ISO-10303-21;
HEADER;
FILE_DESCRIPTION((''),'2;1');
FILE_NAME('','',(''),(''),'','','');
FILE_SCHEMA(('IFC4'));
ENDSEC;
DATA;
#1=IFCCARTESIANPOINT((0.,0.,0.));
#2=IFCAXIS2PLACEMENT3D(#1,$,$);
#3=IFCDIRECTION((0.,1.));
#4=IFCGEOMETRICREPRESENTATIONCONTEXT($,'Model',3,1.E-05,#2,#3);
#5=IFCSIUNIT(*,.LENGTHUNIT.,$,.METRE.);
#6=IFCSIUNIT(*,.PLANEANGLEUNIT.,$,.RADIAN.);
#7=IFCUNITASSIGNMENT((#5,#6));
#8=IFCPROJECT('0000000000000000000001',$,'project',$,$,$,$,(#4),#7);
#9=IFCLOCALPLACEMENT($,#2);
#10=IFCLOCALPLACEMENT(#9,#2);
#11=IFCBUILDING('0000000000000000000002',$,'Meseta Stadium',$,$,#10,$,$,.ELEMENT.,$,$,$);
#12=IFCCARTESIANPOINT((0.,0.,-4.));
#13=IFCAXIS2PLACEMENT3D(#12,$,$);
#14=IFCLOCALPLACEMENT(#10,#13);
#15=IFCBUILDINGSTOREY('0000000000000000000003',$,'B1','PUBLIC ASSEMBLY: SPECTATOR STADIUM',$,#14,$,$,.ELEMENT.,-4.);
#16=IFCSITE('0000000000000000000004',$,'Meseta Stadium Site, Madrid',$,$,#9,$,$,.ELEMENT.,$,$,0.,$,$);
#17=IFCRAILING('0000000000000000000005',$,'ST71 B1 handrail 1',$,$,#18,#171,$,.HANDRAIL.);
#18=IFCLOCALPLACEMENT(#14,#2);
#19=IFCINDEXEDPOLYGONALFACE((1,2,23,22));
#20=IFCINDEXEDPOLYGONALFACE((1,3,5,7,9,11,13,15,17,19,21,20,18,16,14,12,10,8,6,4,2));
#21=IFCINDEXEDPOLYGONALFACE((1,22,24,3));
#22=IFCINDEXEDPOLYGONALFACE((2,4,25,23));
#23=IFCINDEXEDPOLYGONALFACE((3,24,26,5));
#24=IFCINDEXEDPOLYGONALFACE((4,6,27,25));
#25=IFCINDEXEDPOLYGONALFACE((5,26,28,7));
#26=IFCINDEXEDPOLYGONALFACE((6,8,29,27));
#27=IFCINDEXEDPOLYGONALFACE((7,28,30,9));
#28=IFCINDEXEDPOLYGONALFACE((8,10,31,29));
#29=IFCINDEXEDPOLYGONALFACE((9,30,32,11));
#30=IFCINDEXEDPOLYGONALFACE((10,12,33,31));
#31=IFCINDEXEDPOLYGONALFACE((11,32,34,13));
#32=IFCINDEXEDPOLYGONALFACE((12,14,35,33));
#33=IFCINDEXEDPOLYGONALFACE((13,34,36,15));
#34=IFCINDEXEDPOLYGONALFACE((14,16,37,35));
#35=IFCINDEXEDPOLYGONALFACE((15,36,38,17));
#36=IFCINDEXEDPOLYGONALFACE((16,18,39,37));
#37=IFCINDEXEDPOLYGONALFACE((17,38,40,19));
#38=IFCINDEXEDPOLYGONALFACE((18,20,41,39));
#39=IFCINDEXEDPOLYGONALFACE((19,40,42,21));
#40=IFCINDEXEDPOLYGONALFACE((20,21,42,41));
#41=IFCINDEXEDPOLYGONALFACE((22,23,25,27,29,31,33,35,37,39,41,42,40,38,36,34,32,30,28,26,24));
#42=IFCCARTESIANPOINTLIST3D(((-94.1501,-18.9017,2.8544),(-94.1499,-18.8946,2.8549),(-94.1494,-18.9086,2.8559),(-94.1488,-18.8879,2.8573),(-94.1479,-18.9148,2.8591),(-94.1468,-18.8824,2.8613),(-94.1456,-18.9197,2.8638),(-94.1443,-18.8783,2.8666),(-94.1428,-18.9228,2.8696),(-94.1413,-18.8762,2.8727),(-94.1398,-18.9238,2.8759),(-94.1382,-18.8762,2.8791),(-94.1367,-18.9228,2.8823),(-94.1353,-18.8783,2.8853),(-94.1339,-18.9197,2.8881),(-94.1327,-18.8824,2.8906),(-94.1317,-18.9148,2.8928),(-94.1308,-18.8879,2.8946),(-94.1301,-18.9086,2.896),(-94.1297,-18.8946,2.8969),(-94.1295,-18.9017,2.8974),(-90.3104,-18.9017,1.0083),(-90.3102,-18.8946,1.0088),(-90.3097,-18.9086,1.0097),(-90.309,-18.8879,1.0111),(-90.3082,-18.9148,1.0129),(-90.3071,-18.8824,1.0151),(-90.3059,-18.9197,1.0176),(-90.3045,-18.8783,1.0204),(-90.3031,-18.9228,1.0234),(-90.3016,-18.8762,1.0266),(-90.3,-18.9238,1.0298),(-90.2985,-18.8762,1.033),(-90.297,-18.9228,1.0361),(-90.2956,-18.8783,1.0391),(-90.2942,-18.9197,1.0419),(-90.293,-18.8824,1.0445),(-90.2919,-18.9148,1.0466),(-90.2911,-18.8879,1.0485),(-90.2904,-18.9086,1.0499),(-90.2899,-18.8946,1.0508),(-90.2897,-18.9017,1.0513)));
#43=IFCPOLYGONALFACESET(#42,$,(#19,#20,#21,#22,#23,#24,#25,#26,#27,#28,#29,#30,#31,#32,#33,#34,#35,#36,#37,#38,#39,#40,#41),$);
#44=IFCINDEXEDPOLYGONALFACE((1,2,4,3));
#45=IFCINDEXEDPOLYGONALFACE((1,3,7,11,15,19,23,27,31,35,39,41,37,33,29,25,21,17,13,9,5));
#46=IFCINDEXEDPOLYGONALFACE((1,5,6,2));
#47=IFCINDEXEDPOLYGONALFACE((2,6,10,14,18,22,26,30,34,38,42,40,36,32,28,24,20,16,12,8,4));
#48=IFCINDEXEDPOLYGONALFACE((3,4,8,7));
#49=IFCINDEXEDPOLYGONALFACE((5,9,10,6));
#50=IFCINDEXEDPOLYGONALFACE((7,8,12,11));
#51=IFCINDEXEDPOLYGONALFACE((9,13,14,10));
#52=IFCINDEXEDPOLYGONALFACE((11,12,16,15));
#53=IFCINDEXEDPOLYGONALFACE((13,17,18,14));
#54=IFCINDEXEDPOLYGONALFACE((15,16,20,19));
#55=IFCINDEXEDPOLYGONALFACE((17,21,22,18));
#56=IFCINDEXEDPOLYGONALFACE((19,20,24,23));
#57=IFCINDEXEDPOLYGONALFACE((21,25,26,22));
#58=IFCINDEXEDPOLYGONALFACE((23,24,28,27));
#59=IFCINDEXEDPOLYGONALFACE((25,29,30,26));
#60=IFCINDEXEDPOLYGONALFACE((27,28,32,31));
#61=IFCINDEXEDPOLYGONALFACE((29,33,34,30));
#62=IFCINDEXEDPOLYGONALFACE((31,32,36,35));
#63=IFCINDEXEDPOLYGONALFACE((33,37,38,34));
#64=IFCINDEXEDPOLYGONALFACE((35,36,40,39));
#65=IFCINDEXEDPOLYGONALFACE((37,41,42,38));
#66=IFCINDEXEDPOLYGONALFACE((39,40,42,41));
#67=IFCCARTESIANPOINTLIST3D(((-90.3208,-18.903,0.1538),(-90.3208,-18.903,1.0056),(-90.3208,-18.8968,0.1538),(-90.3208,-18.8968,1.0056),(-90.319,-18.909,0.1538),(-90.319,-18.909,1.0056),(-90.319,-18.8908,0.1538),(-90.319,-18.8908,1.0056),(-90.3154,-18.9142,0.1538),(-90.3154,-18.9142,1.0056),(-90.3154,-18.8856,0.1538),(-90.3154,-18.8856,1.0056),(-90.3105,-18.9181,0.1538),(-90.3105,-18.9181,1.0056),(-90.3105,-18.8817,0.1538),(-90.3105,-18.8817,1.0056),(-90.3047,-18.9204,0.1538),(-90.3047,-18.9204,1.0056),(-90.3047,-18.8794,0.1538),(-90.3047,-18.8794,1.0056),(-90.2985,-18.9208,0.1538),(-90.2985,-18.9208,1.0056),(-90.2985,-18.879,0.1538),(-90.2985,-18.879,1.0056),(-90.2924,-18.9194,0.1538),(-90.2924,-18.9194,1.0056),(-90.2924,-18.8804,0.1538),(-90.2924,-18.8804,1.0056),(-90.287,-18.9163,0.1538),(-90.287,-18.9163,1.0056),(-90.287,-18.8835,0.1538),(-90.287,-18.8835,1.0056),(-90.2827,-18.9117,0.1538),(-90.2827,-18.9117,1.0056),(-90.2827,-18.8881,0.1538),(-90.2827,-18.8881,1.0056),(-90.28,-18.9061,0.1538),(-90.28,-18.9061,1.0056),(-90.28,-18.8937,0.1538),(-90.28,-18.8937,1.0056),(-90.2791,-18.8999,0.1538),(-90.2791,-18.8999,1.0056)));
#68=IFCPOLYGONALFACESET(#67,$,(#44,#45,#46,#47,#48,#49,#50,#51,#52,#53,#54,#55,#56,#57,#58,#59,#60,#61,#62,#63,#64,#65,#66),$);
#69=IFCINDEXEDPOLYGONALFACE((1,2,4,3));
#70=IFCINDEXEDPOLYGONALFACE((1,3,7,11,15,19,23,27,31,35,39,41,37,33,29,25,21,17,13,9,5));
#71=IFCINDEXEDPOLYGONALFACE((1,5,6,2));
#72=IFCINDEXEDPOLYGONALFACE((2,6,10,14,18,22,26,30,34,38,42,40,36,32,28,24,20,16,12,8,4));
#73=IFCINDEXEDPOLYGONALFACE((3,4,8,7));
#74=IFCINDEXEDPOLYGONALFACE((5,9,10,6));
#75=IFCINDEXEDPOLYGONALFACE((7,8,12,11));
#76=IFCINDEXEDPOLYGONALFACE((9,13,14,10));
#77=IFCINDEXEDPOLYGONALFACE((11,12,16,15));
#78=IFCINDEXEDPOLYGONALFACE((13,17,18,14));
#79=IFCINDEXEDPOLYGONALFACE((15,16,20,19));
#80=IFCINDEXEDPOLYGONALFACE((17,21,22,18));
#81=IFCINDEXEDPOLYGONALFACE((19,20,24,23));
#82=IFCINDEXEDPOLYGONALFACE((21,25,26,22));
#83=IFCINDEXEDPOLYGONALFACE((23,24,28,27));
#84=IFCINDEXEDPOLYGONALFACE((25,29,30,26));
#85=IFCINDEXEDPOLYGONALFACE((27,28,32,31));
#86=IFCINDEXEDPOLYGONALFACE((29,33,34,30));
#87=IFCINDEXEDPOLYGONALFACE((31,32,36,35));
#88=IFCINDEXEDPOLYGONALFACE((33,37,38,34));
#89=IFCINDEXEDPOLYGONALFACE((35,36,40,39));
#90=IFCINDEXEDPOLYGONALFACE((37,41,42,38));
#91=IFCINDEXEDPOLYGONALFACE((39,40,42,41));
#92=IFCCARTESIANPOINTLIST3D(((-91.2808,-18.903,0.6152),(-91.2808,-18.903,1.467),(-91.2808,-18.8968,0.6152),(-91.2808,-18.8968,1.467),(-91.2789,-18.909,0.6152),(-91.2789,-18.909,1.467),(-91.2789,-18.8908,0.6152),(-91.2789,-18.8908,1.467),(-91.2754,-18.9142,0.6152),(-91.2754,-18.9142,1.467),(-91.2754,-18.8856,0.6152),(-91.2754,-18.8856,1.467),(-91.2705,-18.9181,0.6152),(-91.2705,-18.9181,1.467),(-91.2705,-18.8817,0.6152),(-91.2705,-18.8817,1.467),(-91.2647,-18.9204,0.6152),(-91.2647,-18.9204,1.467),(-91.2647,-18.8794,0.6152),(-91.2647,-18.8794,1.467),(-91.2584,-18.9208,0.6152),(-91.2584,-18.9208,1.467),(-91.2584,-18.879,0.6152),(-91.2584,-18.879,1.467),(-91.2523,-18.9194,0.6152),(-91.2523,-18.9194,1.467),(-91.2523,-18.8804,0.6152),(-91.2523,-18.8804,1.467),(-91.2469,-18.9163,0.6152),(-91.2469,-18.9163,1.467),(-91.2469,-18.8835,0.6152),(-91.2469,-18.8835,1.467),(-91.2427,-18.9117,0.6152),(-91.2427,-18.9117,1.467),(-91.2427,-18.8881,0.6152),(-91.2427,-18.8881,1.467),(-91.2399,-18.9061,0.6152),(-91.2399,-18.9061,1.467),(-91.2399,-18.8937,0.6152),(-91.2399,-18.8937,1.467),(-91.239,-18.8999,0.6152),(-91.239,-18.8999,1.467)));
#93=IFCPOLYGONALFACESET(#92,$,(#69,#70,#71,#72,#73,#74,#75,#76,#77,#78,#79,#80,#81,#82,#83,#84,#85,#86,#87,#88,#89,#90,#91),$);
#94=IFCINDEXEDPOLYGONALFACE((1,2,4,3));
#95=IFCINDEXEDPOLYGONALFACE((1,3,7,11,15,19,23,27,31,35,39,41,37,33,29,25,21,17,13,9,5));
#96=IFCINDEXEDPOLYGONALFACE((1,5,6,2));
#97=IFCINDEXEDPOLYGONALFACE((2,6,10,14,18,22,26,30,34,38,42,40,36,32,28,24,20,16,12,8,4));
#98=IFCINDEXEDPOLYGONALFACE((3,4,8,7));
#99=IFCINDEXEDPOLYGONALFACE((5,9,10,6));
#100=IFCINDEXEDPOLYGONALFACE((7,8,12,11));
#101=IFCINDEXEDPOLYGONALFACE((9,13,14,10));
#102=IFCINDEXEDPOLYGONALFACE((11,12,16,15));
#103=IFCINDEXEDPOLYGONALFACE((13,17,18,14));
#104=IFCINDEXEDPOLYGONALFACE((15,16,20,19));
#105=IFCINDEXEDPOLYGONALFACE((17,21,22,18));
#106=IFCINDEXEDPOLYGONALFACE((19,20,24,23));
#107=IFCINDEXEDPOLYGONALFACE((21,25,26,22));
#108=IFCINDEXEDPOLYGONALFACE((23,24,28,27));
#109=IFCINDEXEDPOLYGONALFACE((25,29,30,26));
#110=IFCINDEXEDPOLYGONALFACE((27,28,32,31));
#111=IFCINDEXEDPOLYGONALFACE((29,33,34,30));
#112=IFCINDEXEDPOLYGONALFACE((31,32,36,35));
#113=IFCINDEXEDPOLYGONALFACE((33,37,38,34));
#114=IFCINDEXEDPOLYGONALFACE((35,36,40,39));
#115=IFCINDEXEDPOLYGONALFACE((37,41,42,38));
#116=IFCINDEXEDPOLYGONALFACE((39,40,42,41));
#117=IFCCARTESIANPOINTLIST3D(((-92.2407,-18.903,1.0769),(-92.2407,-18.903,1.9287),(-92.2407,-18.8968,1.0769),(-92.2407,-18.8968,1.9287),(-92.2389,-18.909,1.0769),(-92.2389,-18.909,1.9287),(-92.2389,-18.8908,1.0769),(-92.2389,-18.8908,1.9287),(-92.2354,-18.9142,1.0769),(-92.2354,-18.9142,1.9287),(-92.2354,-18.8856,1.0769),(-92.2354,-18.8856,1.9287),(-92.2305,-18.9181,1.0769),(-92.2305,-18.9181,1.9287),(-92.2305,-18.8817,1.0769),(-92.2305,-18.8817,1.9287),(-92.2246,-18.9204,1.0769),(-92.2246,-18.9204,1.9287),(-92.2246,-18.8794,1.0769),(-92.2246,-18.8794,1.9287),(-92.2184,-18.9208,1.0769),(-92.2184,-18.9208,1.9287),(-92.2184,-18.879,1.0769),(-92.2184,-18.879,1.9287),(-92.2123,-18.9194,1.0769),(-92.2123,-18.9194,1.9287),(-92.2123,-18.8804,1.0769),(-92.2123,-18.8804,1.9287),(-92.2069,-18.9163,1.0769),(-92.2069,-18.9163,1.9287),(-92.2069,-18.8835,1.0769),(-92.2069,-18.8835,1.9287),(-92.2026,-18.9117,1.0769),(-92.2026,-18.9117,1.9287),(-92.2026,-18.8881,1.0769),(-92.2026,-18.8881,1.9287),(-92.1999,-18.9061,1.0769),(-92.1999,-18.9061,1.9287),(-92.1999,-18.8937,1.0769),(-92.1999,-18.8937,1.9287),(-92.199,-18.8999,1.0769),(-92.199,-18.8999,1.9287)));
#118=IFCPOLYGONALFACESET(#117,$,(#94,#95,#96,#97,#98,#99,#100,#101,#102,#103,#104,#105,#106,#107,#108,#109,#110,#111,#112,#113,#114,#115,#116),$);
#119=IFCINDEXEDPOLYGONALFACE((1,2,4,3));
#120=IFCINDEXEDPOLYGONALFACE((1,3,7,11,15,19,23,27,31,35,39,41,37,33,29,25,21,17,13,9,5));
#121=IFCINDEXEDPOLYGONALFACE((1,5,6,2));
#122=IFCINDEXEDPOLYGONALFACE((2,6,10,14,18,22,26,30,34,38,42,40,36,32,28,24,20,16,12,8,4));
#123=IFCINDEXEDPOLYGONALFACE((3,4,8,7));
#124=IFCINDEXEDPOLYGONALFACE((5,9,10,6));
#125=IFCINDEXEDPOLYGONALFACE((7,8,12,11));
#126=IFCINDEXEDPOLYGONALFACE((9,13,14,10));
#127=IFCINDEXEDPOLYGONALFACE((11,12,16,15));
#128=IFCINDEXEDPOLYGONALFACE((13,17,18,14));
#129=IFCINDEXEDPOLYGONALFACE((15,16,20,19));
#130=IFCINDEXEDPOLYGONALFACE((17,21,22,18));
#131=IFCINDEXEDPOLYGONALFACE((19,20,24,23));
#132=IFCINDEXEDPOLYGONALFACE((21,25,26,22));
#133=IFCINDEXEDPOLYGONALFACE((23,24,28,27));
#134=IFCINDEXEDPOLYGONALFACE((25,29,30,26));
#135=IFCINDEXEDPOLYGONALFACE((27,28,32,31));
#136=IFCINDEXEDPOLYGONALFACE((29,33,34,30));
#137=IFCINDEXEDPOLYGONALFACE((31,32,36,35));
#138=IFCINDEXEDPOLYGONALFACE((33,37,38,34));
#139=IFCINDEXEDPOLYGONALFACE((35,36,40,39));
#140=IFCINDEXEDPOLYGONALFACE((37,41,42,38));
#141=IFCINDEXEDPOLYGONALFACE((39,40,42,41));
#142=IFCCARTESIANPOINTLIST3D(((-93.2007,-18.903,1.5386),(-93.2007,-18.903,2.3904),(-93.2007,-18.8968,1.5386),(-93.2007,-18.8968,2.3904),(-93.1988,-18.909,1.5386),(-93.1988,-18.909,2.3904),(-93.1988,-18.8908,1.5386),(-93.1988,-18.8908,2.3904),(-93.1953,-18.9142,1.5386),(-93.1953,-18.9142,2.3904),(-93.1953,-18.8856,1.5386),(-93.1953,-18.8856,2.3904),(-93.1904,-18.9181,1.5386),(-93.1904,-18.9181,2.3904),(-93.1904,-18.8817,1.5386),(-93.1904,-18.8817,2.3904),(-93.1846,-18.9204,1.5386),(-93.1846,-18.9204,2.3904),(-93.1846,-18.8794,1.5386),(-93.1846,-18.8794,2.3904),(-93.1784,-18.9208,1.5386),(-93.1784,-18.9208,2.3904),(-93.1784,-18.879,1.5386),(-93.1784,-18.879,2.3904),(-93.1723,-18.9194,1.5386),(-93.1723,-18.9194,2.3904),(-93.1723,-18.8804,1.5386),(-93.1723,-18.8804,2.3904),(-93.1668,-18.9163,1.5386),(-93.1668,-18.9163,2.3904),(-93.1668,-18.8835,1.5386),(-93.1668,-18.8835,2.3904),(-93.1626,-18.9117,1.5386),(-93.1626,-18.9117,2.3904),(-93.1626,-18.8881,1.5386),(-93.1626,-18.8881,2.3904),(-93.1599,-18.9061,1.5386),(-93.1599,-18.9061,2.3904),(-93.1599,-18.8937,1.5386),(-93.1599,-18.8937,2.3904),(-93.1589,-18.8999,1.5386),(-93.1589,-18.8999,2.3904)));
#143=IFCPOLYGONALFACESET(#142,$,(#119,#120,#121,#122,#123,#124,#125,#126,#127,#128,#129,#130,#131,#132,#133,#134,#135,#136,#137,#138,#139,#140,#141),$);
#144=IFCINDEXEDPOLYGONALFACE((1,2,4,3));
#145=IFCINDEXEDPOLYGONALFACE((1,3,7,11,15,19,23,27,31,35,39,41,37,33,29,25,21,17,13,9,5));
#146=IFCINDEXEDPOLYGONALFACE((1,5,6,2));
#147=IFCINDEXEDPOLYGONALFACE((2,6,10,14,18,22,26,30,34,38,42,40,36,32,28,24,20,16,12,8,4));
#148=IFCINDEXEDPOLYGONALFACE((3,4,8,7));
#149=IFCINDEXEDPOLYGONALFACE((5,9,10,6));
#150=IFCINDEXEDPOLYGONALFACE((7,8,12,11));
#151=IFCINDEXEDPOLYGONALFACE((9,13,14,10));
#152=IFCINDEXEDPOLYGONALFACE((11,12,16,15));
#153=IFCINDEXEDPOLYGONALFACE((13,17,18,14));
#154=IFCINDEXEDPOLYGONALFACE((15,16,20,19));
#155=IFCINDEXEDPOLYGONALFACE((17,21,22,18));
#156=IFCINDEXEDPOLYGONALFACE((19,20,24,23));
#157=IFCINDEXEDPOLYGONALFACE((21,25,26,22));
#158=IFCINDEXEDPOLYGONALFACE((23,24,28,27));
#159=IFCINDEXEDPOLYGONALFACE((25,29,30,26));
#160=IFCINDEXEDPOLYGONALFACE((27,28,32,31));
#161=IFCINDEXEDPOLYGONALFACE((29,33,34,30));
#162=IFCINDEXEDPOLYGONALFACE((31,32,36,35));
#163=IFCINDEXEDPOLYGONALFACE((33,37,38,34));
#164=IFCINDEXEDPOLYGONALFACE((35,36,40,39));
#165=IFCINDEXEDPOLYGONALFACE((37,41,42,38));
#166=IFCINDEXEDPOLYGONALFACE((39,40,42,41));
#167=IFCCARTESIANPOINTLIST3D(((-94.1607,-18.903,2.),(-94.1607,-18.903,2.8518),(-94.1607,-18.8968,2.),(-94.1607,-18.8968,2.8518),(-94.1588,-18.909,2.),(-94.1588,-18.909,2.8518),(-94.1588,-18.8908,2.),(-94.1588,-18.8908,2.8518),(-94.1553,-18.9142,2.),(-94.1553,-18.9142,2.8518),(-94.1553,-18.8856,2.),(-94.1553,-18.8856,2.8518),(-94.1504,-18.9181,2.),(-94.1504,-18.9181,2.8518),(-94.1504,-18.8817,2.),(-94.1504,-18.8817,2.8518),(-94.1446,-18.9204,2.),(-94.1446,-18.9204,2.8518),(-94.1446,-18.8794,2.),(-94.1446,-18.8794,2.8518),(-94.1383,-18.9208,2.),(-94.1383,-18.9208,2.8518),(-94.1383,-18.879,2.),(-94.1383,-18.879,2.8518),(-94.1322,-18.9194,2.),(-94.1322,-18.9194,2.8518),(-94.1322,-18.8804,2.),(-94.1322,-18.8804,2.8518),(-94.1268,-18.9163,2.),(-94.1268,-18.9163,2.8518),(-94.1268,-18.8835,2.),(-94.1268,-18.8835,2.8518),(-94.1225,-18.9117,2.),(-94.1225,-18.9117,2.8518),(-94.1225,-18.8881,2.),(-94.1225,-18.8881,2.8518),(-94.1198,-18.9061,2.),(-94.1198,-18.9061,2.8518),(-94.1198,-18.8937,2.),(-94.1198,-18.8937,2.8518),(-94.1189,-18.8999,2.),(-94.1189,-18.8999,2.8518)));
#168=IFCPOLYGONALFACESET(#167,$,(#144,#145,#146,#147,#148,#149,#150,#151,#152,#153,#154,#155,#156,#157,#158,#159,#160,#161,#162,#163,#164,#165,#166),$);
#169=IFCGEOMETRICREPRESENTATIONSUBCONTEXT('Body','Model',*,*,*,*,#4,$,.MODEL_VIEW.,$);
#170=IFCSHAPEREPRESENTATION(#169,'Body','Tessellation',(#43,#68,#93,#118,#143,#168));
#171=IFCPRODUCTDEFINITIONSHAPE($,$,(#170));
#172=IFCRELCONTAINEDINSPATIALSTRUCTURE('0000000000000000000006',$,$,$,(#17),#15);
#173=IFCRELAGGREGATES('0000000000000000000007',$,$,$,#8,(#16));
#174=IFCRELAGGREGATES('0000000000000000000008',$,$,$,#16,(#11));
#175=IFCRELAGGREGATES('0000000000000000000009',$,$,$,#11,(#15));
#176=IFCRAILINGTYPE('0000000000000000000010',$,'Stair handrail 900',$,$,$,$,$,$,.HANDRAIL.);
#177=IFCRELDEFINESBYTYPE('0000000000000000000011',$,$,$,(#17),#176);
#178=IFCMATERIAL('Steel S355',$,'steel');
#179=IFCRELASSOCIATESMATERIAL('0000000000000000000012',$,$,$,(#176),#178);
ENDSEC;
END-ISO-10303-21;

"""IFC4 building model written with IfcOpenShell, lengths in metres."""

from ifc_helpers import new_model, si_unit, direction, frame, origin, origin_2d, place, context, subcontext, project, spatial, circle, extrude, material, type_object, element, save


model = new_model("IFC4")

# Units and contexts
model_context = context("Model", 3, precision=1e-05, world=origin(), true_north=direction((0.0, 1.0)))
body_context = subcontext(model_context, "Body", "Model", "MODEL_VIEW")
ifc_project = project(units=[si_unit("LENGTHUNIT", "METRE"), si_unit("PLANEANGLEUNIT", "RADIAN")], contexts=[model_context])

# Site, building, storey
site_placement = place(None, origin())
site = spatial("IfcSite", under=ifc_project, at=site_placement, Name="Meseta Stadium Site, Madrid", CompositionType="ELEMENT", RefElevation=0.0)
building_placement = place(site_placement, origin())
building = spatial("IfcBuilding", under=site, at=building_placement, Name="Meseta Stadium", CompositionType="ELEMENT")
storey_placement = place(building_placement, frame((0.0, 0.0, -4.0)))
storey = spatial("IfcBuildingStorey", under=building, at=storey_placement, Name="B1", Description="PUBLIC ASSEMBLY: SPECTATOR STADIUM", CompositionType="ELEMENT", Elevation=-4.0)

# Railing
ifc_material_1 = material(Name="Steel S355", Category="steel")
railing_type_1 = type_object("IfcRailingType", Name="Stair handrail 900", PredefinedType="HANDRAIL", material=ifc_material_1)
railing_1_placement = place(storey_placement, frame((-90.3, -18.8999, 0.1538)))
element("IfcRailing", 1, at=railing_1_placement, inside=storey, type_object=railing_type_1, Name="ST71 B1 handrail 1", PredefinedType="HANDRAIL", context=body_context, shape_type="SweptSolid", body=[
    extrude(circle(Radius=0.0239, at=origin_2d()), frame((0.0, 0.0, 0.876), z_axis=(-0.901242, 0.0, 0.433316), x_axis=(0.0, -1.0, 0.0)), (0.0, 0.0, 1.0), 4.2605),
    extrude(circle(Radius=0.021, at=origin_2d()), origin(), (0.0, 0.0, 1.0), 0.8518),
    extrude(circle(Radius=0.021, at=origin_2d()), frame((-0.96, 0.0, 0.4614)), (0.0, 0.0, 1.0), 0.8518),
    extrude(circle(Radius=0.021, at=origin_2d()), frame((-1.9199, 0.0, 0.9231)), (0.0, 0.0, 1.0), 0.8518),
    extrude(circle(Radius=0.021, at=origin_2d()), frame((-2.8799, 0.0, 1.3848)), (0.0, 0.0, 1.0), 0.8518),
    extrude(circle(Radius=0.021, at=origin_2d()), frame((-3.8398, 0.0, 1.8462)), (0.0, 0.0, 1.0), 0.8518),
])

save(model, "model.ifc")
